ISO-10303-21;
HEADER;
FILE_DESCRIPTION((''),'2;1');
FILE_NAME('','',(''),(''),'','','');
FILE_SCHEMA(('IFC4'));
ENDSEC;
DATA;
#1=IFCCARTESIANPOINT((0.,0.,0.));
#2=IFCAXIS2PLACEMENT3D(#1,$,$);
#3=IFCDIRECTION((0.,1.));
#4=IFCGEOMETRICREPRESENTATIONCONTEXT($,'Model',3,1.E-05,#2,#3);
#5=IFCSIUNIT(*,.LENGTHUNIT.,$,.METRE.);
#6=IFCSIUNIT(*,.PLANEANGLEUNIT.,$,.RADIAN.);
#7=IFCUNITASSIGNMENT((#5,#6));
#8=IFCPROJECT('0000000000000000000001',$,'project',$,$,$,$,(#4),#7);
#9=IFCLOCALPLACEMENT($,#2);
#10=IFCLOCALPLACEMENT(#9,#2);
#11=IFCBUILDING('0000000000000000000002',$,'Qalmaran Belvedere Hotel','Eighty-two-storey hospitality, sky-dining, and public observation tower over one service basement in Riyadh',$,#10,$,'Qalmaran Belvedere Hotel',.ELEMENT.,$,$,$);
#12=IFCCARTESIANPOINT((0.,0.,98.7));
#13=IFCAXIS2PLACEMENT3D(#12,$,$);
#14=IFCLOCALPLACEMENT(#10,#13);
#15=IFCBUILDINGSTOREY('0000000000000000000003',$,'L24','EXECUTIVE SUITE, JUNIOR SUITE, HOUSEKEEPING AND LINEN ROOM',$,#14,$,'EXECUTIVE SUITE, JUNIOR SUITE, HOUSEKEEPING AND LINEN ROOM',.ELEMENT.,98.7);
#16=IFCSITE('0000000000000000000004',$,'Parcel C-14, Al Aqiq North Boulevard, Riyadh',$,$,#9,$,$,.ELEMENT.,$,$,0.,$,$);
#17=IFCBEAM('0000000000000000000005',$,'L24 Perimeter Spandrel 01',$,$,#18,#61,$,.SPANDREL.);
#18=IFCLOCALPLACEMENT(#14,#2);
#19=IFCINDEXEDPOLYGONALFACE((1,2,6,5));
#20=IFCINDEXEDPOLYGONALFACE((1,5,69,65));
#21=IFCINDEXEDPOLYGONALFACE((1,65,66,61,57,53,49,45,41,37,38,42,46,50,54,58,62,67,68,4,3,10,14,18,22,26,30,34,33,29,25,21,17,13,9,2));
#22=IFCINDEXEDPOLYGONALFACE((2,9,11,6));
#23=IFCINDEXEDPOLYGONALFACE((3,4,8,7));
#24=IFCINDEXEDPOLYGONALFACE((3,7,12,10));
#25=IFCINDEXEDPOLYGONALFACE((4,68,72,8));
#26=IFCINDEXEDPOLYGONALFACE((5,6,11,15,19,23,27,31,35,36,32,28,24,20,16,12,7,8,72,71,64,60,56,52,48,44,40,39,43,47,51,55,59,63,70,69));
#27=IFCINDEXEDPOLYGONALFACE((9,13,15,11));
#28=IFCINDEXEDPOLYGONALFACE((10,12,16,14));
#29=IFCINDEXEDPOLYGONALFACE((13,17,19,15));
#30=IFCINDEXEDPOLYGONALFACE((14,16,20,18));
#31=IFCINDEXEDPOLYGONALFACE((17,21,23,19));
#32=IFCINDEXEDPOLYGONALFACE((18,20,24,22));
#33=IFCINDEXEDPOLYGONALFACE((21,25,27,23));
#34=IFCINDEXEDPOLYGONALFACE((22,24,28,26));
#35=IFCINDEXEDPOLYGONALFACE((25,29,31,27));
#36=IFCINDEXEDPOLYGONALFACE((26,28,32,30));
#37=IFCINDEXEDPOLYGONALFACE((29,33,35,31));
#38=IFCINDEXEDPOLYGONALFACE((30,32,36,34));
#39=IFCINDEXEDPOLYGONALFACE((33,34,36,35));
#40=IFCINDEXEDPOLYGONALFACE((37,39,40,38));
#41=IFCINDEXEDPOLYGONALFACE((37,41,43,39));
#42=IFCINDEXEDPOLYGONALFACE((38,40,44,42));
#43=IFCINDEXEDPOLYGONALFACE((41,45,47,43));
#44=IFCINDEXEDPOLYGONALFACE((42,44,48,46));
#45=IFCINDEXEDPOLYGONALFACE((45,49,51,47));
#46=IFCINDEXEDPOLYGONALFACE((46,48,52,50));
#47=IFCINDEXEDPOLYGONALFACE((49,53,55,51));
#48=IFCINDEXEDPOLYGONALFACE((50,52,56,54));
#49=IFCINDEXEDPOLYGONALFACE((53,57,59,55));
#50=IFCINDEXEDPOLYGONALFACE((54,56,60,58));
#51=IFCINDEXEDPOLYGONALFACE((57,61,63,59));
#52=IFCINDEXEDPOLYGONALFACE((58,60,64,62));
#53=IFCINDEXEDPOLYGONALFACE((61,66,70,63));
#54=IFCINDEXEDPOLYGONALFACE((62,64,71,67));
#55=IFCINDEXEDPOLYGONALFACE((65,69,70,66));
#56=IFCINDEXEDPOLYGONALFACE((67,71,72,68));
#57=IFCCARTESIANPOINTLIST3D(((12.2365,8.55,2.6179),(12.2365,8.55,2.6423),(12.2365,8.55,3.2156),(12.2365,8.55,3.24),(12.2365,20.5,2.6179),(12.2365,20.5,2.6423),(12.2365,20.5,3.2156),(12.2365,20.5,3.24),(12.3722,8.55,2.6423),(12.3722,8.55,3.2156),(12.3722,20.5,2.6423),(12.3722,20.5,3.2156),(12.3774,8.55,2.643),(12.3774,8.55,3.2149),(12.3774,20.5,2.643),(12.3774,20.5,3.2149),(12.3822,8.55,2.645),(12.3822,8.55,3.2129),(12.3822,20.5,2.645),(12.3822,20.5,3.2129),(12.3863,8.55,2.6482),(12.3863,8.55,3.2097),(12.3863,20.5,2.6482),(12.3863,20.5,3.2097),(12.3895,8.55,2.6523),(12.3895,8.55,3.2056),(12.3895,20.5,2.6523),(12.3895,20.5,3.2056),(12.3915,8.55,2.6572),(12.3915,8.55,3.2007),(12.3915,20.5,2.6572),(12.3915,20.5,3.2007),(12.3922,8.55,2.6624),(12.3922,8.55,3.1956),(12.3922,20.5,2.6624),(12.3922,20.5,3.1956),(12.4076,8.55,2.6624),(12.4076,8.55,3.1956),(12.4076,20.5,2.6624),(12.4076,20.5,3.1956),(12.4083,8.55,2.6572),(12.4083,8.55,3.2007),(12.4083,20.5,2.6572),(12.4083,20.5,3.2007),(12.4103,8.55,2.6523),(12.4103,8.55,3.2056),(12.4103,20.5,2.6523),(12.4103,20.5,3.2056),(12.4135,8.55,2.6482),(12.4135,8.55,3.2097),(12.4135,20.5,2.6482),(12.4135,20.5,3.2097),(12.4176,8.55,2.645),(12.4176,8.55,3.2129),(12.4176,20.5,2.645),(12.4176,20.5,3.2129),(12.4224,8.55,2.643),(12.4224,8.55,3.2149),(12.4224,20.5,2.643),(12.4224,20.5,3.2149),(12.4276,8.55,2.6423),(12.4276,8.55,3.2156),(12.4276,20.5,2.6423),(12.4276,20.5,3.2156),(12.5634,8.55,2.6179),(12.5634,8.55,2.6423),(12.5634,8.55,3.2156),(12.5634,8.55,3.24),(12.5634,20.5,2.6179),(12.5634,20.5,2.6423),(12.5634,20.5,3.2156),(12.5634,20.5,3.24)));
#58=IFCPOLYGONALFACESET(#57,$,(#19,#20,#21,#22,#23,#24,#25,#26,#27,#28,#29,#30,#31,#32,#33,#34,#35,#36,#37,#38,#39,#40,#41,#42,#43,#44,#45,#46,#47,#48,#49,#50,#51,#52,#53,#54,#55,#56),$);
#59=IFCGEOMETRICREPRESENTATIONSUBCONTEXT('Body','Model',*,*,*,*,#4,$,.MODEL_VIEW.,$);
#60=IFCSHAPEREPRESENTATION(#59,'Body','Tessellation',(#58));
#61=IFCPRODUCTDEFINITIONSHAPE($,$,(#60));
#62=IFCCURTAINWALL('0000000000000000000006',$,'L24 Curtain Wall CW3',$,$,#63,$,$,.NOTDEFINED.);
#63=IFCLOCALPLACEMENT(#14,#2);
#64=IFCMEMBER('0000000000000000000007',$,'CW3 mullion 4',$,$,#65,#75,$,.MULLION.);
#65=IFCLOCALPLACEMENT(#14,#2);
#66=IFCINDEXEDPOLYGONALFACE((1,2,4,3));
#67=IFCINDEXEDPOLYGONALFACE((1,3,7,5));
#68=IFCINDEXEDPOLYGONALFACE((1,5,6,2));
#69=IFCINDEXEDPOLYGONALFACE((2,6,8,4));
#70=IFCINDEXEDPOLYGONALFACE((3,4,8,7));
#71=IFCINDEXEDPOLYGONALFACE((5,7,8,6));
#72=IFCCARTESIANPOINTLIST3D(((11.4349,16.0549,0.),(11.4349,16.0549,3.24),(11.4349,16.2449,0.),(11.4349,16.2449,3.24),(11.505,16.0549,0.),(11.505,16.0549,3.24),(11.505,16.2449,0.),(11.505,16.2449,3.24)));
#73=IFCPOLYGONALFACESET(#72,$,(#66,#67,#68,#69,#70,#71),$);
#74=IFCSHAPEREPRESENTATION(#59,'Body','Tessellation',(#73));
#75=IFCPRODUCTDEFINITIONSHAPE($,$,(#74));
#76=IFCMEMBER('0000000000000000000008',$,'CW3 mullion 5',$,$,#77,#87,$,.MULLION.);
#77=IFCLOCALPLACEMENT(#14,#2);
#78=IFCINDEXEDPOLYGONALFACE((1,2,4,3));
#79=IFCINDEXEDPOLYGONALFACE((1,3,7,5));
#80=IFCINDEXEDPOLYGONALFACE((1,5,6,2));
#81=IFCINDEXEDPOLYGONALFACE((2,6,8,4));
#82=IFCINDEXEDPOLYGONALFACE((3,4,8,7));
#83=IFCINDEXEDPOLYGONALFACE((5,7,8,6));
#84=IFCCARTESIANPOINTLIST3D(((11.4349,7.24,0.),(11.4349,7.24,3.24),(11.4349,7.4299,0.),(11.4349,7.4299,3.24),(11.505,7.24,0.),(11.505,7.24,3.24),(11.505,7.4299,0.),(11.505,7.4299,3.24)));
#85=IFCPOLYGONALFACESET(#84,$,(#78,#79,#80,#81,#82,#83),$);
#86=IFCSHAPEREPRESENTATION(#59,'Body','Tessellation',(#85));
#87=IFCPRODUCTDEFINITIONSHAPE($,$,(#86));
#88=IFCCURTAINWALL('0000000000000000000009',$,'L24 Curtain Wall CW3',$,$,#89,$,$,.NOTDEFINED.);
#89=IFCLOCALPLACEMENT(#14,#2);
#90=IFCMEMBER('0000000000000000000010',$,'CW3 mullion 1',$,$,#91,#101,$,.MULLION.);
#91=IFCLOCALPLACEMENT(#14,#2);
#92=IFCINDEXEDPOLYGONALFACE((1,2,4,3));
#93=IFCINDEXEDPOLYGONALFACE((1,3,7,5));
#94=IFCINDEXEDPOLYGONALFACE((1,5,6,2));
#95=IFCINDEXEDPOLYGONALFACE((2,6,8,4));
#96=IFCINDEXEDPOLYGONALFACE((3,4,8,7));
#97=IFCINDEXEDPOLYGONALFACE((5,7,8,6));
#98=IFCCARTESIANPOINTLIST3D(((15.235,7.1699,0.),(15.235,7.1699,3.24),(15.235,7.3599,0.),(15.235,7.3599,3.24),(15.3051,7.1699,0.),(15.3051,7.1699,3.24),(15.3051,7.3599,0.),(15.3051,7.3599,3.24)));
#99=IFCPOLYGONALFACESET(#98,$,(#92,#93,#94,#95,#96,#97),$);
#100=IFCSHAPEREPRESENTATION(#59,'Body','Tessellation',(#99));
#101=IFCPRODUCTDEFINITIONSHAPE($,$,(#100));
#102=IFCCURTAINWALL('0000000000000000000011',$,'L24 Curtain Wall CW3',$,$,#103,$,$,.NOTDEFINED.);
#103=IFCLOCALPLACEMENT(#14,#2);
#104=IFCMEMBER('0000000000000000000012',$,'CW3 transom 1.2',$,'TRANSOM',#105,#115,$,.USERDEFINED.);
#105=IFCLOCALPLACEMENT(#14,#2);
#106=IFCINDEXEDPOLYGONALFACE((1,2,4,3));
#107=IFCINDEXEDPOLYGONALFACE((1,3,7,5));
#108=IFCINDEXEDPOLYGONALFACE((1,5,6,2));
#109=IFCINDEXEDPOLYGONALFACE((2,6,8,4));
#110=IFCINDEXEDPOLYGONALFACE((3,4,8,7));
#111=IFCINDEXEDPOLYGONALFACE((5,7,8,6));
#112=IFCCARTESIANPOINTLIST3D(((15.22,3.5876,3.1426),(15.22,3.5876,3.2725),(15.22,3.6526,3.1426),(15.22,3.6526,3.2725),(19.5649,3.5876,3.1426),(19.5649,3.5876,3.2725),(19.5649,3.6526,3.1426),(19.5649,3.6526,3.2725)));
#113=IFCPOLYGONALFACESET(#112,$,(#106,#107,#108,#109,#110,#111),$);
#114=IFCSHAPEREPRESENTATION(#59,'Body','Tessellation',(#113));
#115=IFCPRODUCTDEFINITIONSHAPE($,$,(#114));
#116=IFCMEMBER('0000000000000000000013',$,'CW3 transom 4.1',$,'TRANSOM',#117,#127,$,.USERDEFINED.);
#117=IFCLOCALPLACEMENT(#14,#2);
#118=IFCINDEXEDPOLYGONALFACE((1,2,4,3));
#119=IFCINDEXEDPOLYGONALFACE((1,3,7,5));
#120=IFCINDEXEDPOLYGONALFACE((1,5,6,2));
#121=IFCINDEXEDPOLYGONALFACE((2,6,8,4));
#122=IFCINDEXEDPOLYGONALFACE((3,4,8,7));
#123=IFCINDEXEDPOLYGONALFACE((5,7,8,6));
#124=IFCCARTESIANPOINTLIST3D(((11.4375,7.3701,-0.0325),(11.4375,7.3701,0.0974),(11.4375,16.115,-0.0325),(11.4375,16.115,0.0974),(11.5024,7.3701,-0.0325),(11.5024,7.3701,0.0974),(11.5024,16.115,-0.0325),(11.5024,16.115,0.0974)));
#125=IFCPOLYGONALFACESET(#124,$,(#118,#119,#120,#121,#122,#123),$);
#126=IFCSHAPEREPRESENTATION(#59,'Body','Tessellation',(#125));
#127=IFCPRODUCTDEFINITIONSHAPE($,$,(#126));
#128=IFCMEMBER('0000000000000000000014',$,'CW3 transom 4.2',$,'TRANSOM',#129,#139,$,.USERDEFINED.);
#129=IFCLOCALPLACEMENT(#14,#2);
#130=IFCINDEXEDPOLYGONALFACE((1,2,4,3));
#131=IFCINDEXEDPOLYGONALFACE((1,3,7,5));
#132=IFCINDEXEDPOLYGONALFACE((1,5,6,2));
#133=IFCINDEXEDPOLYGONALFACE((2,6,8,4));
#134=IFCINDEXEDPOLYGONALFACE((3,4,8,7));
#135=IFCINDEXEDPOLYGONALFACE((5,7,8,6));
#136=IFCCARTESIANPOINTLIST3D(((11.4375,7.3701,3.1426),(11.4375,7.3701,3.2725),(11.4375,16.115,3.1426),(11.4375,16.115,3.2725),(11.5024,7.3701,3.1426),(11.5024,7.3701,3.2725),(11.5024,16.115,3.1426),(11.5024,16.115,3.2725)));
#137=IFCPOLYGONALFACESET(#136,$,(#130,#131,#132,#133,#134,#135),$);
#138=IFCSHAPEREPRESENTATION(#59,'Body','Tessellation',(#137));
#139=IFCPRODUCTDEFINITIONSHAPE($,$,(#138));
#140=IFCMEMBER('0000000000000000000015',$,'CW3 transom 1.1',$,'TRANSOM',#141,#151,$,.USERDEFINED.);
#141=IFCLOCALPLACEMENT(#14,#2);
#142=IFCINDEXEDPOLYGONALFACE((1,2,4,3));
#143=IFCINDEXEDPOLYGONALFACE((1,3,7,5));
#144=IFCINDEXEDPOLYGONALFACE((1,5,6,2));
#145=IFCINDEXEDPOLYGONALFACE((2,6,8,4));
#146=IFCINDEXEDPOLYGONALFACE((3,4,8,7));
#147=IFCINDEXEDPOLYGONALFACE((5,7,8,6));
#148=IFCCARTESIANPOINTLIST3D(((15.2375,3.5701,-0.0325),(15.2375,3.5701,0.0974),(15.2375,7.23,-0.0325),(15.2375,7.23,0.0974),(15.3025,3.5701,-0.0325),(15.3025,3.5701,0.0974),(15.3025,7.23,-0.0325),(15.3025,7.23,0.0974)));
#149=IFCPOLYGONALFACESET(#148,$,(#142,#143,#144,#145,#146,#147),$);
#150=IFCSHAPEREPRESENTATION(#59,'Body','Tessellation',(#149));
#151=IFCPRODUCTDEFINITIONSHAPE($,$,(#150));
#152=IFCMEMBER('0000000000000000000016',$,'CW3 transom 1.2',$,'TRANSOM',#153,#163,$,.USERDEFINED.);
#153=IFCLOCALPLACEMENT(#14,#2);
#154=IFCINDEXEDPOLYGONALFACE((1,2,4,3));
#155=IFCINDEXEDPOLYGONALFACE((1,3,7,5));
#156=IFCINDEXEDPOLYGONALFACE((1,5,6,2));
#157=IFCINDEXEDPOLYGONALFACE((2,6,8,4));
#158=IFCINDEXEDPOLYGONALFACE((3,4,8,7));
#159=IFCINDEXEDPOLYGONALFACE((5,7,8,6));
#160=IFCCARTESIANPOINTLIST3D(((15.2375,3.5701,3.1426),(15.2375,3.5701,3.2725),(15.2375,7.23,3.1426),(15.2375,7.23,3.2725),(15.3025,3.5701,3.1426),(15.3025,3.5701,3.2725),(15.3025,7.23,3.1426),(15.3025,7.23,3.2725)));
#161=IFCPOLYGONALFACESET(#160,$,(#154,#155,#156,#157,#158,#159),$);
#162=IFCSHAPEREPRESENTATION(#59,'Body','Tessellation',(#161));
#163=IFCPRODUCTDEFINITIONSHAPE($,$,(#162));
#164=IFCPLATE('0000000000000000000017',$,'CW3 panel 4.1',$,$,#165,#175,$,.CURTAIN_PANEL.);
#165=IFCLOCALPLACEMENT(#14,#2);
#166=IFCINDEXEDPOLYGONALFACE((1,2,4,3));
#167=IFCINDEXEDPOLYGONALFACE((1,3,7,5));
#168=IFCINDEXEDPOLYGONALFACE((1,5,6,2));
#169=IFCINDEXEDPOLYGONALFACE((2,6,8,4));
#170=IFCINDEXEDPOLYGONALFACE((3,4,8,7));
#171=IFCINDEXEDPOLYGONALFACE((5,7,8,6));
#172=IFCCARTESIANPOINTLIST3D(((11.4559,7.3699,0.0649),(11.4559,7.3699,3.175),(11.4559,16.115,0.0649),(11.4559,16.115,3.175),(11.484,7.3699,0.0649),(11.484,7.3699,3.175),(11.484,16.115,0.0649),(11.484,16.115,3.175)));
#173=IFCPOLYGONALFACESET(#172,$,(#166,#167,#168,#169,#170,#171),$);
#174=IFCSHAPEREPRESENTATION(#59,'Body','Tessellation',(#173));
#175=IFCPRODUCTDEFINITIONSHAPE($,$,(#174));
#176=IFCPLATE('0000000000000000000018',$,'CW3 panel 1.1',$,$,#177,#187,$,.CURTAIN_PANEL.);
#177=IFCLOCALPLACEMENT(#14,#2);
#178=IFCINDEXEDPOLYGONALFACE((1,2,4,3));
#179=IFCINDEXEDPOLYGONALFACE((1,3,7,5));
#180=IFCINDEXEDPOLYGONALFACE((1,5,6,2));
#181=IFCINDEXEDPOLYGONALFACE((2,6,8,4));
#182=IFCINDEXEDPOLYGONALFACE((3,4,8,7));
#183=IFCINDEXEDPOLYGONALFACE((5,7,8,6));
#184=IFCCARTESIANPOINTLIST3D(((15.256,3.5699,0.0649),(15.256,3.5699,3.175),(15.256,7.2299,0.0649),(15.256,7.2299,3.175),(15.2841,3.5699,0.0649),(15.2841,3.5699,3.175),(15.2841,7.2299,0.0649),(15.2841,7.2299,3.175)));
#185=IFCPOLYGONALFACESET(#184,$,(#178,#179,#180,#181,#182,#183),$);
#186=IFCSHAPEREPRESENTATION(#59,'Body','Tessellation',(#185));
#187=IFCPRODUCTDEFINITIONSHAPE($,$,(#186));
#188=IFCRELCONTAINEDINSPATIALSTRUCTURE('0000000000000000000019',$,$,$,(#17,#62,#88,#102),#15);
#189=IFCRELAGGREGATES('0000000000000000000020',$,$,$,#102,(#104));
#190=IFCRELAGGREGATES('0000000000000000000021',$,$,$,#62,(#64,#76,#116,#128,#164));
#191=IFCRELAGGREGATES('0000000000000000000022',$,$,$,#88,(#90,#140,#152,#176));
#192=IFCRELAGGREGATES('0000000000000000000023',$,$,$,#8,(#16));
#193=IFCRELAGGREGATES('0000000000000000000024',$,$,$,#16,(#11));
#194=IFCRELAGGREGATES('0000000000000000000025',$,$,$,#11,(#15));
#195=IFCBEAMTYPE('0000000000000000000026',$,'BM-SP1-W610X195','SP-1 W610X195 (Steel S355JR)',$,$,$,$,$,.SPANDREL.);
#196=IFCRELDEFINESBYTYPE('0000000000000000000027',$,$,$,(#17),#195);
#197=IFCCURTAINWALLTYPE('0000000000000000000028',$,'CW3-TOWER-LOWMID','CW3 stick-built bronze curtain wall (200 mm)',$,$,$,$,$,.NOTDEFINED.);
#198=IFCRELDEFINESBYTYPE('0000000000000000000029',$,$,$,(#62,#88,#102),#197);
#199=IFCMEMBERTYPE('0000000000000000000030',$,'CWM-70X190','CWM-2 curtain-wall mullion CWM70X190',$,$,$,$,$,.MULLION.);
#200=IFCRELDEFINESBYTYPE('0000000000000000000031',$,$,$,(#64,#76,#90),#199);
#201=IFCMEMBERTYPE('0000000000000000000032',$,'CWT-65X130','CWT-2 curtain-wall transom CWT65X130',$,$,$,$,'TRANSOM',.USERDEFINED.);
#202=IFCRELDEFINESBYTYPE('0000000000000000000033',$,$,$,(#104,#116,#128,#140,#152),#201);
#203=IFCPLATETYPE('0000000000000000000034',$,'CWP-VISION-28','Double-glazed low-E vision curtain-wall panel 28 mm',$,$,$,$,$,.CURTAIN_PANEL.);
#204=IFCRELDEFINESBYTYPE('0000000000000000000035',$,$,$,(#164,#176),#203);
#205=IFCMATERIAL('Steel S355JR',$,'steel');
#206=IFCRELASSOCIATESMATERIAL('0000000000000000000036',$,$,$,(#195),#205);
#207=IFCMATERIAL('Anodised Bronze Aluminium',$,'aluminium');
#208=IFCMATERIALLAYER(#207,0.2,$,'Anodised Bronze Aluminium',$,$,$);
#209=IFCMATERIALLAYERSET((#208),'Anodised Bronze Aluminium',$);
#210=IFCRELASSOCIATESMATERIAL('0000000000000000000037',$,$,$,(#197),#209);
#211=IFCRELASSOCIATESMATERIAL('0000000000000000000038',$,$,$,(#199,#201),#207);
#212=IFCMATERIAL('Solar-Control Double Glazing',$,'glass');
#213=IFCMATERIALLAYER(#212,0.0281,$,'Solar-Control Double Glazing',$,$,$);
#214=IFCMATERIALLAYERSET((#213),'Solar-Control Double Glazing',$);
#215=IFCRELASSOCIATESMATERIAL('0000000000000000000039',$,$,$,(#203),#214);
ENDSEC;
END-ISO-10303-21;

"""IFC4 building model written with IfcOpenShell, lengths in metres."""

from ifc_helpers import new_model, si_unit, direction, frame, origin, origin_2d, place, context, subcontext, project, spatial, rectangle, i_section, extrude, material, layer, layer_set, material_profile, profile_set, type_object, element, aggregate, save


model = new_model("IFC4")

# Units and contexts
model_context = context("Model", 3, precision=1e-05, world=origin(), true_north=direction((0.0, 1.0)))
body_context = subcontext(model_context, "Body", "Model", "MODEL_VIEW")
ifc_project = project(units=[si_unit("LENGTHUNIT", "METRE"), si_unit("PLANEANGLEUNIT", "RADIAN")], contexts=[model_context])

# Site, building, storey
site_placement = place(None, origin())
site = spatial("IfcSite", under=ifc_project, at=site_placement, Name="Parcel C-14, Al Aqiq North Boulevard, Riyadh", CompositionType="ELEMENT", RefElevation=0.0)
building_placement = place(site_placement, origin())
building = spatial("IfcBuilding", under=site, at=building_placement, Name="Qalmaran Belvedere Hotel", Description="Eighty-two-storey hospitality, sky-dining, and public observation tower over one service basement in Riyadh", LongName="Qalmaran Belvedere Hotel", CompositionType="ELEMENT")
storey_placement = place(building_placement, frame((0.0, 0.0, 98.7)))
storey = spatial("IfcBuildingStorey", under=building, at=storey_placement, Name="L24", Description="EXECUTIVE SUITE, JUNIOR SUITE, HOUSEKEEPING AND LINEN ROOM", LongName="EXECUTIVE SUITE, JUNIOR SUITE, HOUSEKEEPING AND LINEN ROOM", CompositionType="ELEMENT", Elevation=98.7)

# Beam
ifc_material_1 = material(Name="Steel S355JR", Category="steel")
ifc_material_profile_1 = material_profile(ifc_material_1, i_section(OverallWidth=0.3269, OverallDepth=0.6221, WebThickness=0.0154, FlangeThickness=0.0244, FilletRadius=0.02, at=origin_2d()), Name="W610X195")
ifc_profile_set_1 = profile_set([ifc_material_profile_1], Name="Steel S355JR")
beam_type_1 = type_object("IfcBeamType", Name="BM-SP1-W610X195", Description="SP-1 W610X195 (Steel S355JR)", PredefinedType="SPANDREL", material=ifc_profile_set_1)
beam_1_placement = place(storey_placement, frame((12.3999, 8.55, 2.929), z_axis=(0.0, 1.0, 0.0), x_axis=(-1.0, 0.0, 0.0)))
element("IfcBeam", 1, at=beam_1_placement, inside=storey, type_object=beam_type_1, Name="L24 Perimeter Spandrel 01", PredefinedType="SPANDREL", context=body_context, shape_type="SweptSolid", body=[
    extrude(i_section(OverallWidth=0.3269, OverallDepth=0.6221, WebThickness=0.0154, FlangeThickness=0.0244, FilletRadius=0.02, at=origin_2d()), origin(), (0.0, 0.0, 1.0), 11.95),
])

# Curtain wall, members
ifc_material_2 = material(Name="Anodised Bronze Aluminium", Category="aluminium")
ifc_layer_1 = layer(ifc_material_2, 0.2, Name="Anodised Bronze Aluminium")
ifc_layer_set_1 = layer_set([ifc_layer_1], Name="Anodised Bronze Aluminium")
curtain_wall_type = type_object("IfcCurtainWallType", Name="CW3-TOWER-LOWMID", Description="CW3 stick-built bronze curtain wall (200 mm)", PredefinedType="NOTDEFINED", material=ifc_layer_set_1)
curtain_wall_1_placement = place(storey_placement, origin())
curtain_wall_1 = element("IfcCurtainWall", 2, at=curtain_wall_1_placement, inside=storey, type_object=curtain_wall_type, Name="L24 Curtain Wall CW3", PredefinedType="NOTDEFINED")
ifc_material_profile_2 = material_profile(ifc_material_2, rectangle(XDim=0.0701, YDim=0.1899, at=origin_2d()), Name="CWM70X190")
ifc_profile_set_2 = profile_set([ifc_material_profile_2], Name="Anodised Bronze Aluminium")
member_type_1 = type_object("IfcMemberType", Name="CWM-70X190", Description="CWM-2 curtain-wall mullion CWM70X190", PredefinedType="MULLION", material=ifc_profile_set_2)
member_1_placement = place(storey_placement, frame((11.47, 16.1499, 0.0), z_axis=(0.0, 0.0, 1.0), x_axis=(1.0, 0.0, 0.0)))
member_1 = element("IfcMember", 3, at=member_1_placement, type_object=member_type_1, Name="CW3 mullion 4", PredefinedType="MULLION", context=body_context, shape_type="SweptSolid", body=[
    extrude(rectangle(XDim=0.0701, YDim=0.1899, at=origin_2d()), origin(), (0.0, 0.0, 1.0), 3.24),
])
member_2_placement = place(storey_placement, frame((11.47, 7.335, 0.0), z_axis=(0.0, 0.0, 1.0), x_axis=(1.0, 0.0, 0.0)))
member_2 = element("IfcMember", 4, at=member_2_placement, type_object=member_type_1, Name="CW3 mullion 5", PredefinedType="MULLION", context=body_context, shape_type="SweptSolid", body=[
    extrude(rectangle(XDim=0.0701, YDim=0.1899, at=origin_2d()), origin(), (0.0, 0.0, 1.0), 3.24),
])

# Curtain walls, members
curtain_wall_2_placement = place(storey_placement, origin())
curtain_wall_2 = element("IfcCurtainWall", 5, at=curtain_wall_2_placement, inside=storey, type_object=curtain_wall_type, Name="L24 Curtain Wall CW3", PredefinedType="NOTDEFINED")
member_3_placement = place(storey_placement, frame((15.27, 7.2649, 0.0), z_axis=(0.0, 0.0, 1.0), x_axis=(1.0, 0.0, 0.0)))
member_3 = element("IfcMember", 6, at=member_3_placement, type_object=member_type_1, Name="CW3 mullion 1", PredefinedType="MULLION", context=body_context, shape_type="SweptSolid", body=[
    extrude(rectangle(XDim=0.0701, YDim=0.1899, at=origin_2d()), origin(), (0.0, 0.0, 1.0), 3.24),
])
curtain_wall_3_placement = place(storey_placement, origin())
curtain_wall_3 = element("IfcCurtainWall", 7, at=curtain_wall_3_placement, inside=storey, type_object=curtain_wall_type, Name="L24 Curtain Wall CW3", PredefinedType="NOTDEFINED")
ifc_material_profile_3 = material_profile(ifc_material_2, rectangle(XDim=0.0649, YDim=0.1299, at=origin_2d()), Name="CWT65X130")
ifc_profile_set_3 = profile_set([ifc_material_profile_3], Name="Anodised Bronze Aluminium")
member_type_2 = type_object("IfcMemberType", Name="CWT-65X130", Description="CWT-2 curtain-wall transom CWT65X130", ElementType="TRANSOM", PredefinedType="USERDEFINED", material=ifc_profile_set_3)
member_4_placement = place(storey_placement, frame((15.22, 3.6201, 3.2075), z_axis=(1.0, 0.0, 0.0), x_axis=(0.0, 1.0, 0.0)))
member_4 = element("IfcMember", 8, at=member_4_placement, type_object=member_type_2, Name="CW3 transom 1.2", ObjectType="TRANSOM", PredefinedType="USERDEFINED", context=body_context, shape_type="SweptSolid", body=[
    extrude(rectangle(XDim=0.0649, YDim=0.1299, at=origin_2d()), origin(), (0.0, 0.0, 1.0), 4.345),
])
aggregate(curtain_wall_3, [member_4])

# Members
member_5_placement = place(storey_placement, frame((11.47, 16.115, 0.0325), z_axis=(0.0, -1.0, 0.0), x_axis=(1.0, 0.0, 0.0)))
member_5 = element("IfcMember", 9, at=member_5_placement, type_object=member_type_2, Name="CW3 transom 4.1", ObjectType="TRANSOM", PredefinedType="USERDEFINED", context=body_context, shape_type="SweptSolid", body=[
    extrude(rectangle(XDim=0.0649, YDim=0.1299, at=origin_2d()), origin(), (0.0, 0.0, 1.0), 8.7449),
])
member_6_placement = place(storey_placement, frame((11.47, 16.115, 3.2075), z_axis=(0.0, -1.0, 0.0), x_axis=(1.0, 0.0, 0.0)))
member_6 = element("IfcMember", 10, at=member_6_placement, type_object=member_type_2, Name="CW3 transom 4.2", ObjectType="TRANSOM", PredefinedType="USERDEFINED", context=body_context, shape_type="SweptSolid", body=[
    extrude(rectangle(XDim=0.0649, YDim=0.1299, at=origin_2d()), origin(), (0.0, 0.0, 1.0), 8.7449),
])
member_7_placement = place(storey_placement, frame((15.27, 7.23, 0.0325), z_axis=(0.0, -1.0, 0.0), x_axis=(1.0, 0.0, 0.0)))
member_7 = element("IfcMember", 11, at=member_7_placement, type_object=member_type_2, Name="CW3 transom 1.1", ObjectType="TRANSOM", PredefinedType="USERDEFINED", context=body_context, shape_type="SweptSolid", body=[
    extrude(rectangle(XDim=0.0649, YDim=0.1299, at=origin_2d()), origin(), (0.0, 0.0, 1.0), 3.6599),
])
member_8_placement = place(storey_placement, frame((15.27, 7.23, 3.2075), z_axis=(0.0, -1.0, 0.0), x_axis=(1.0, 0.0, 0.0)))
member_8 = element("IfcMember", 12, at=member_8_placement, type_object=member_type_2, Name="CW3 transom 1.2", ObjectType="TRANSOM", PredefinedType="USERDEFINED", context=body_context, shape_type="SweptSolid", body=[
    extrude(rectangle(XDim=0.0649, YDim=0.1299, at=origin_2d()), origin(), (0.0, 0.0, 1.0), 3.6599),
])

# Plates
ifc_material_3 = material(Name="Solar-Control Double Glazing", Category="glass")
ifc_layer_2 = layer(ifc_material_3, 0.0281, Name="Solar-Control Double Glazing")
ifc_layer_set_2 = layer_set([ifc_layer_2], Name="Solar-Control Double Glazing")
plate_type = type_object("IfcPlateType", Name="CWP-VISION-28", Description="Double-glazed low-E vision curtain-wall panel 28 mm", PredefinedType="CURTAIN_PANEL", material=ifc_layer_set_2)
plate_1_placement = place(storey_placement, frame((11.47, 11.7424, 0.0649), z_axis=(0.0, 0.0, 1.0), x_axis=(0.0, -1.0, 0.0)))
plate_1 = element("IfcPlate", 13, at=plate_1_placement, type_object=plate_type, Name="CW3 panel 4.1", PredefinedType="CURTAIN_PANEL", context=body_context, shape_type="SweptSolid", body=[
    extrude(rectangle(XDim=8.7451, YDim=0.0281, at=origin_2d()), origin(), (0.0, 0.0, 1.0), 3.1101),
])
aggregate(curtain_wall_1, [member_1, member_2, member_5, member_6, plate_1])
plate_2_placement = place(storey_placement, frame((15.27, 5.3999, 0.0649), z_axis=(0.0, 0.0, 1.0), x_axis=(0.0, -1.0, 0.0)))
plate_2 = element("IfcPlate", 14, at=plate_2_placement, type_object=plate_type, Name="CW3 panel 1.1", PredefinedType="CURTAIN_PANEL", context=body_context, shape_type="SweptSolid", body=[
    extrude(rectangle(XDim=3.6599, YDim=0.0281, at=origin_2d()), origin(), (0.0, 0.0, 1.0), 3.1101),
])
aggregate(curtain_wall_2, [member_3, member_7, member_8, plate_2])

save(model, "model.ifc")
